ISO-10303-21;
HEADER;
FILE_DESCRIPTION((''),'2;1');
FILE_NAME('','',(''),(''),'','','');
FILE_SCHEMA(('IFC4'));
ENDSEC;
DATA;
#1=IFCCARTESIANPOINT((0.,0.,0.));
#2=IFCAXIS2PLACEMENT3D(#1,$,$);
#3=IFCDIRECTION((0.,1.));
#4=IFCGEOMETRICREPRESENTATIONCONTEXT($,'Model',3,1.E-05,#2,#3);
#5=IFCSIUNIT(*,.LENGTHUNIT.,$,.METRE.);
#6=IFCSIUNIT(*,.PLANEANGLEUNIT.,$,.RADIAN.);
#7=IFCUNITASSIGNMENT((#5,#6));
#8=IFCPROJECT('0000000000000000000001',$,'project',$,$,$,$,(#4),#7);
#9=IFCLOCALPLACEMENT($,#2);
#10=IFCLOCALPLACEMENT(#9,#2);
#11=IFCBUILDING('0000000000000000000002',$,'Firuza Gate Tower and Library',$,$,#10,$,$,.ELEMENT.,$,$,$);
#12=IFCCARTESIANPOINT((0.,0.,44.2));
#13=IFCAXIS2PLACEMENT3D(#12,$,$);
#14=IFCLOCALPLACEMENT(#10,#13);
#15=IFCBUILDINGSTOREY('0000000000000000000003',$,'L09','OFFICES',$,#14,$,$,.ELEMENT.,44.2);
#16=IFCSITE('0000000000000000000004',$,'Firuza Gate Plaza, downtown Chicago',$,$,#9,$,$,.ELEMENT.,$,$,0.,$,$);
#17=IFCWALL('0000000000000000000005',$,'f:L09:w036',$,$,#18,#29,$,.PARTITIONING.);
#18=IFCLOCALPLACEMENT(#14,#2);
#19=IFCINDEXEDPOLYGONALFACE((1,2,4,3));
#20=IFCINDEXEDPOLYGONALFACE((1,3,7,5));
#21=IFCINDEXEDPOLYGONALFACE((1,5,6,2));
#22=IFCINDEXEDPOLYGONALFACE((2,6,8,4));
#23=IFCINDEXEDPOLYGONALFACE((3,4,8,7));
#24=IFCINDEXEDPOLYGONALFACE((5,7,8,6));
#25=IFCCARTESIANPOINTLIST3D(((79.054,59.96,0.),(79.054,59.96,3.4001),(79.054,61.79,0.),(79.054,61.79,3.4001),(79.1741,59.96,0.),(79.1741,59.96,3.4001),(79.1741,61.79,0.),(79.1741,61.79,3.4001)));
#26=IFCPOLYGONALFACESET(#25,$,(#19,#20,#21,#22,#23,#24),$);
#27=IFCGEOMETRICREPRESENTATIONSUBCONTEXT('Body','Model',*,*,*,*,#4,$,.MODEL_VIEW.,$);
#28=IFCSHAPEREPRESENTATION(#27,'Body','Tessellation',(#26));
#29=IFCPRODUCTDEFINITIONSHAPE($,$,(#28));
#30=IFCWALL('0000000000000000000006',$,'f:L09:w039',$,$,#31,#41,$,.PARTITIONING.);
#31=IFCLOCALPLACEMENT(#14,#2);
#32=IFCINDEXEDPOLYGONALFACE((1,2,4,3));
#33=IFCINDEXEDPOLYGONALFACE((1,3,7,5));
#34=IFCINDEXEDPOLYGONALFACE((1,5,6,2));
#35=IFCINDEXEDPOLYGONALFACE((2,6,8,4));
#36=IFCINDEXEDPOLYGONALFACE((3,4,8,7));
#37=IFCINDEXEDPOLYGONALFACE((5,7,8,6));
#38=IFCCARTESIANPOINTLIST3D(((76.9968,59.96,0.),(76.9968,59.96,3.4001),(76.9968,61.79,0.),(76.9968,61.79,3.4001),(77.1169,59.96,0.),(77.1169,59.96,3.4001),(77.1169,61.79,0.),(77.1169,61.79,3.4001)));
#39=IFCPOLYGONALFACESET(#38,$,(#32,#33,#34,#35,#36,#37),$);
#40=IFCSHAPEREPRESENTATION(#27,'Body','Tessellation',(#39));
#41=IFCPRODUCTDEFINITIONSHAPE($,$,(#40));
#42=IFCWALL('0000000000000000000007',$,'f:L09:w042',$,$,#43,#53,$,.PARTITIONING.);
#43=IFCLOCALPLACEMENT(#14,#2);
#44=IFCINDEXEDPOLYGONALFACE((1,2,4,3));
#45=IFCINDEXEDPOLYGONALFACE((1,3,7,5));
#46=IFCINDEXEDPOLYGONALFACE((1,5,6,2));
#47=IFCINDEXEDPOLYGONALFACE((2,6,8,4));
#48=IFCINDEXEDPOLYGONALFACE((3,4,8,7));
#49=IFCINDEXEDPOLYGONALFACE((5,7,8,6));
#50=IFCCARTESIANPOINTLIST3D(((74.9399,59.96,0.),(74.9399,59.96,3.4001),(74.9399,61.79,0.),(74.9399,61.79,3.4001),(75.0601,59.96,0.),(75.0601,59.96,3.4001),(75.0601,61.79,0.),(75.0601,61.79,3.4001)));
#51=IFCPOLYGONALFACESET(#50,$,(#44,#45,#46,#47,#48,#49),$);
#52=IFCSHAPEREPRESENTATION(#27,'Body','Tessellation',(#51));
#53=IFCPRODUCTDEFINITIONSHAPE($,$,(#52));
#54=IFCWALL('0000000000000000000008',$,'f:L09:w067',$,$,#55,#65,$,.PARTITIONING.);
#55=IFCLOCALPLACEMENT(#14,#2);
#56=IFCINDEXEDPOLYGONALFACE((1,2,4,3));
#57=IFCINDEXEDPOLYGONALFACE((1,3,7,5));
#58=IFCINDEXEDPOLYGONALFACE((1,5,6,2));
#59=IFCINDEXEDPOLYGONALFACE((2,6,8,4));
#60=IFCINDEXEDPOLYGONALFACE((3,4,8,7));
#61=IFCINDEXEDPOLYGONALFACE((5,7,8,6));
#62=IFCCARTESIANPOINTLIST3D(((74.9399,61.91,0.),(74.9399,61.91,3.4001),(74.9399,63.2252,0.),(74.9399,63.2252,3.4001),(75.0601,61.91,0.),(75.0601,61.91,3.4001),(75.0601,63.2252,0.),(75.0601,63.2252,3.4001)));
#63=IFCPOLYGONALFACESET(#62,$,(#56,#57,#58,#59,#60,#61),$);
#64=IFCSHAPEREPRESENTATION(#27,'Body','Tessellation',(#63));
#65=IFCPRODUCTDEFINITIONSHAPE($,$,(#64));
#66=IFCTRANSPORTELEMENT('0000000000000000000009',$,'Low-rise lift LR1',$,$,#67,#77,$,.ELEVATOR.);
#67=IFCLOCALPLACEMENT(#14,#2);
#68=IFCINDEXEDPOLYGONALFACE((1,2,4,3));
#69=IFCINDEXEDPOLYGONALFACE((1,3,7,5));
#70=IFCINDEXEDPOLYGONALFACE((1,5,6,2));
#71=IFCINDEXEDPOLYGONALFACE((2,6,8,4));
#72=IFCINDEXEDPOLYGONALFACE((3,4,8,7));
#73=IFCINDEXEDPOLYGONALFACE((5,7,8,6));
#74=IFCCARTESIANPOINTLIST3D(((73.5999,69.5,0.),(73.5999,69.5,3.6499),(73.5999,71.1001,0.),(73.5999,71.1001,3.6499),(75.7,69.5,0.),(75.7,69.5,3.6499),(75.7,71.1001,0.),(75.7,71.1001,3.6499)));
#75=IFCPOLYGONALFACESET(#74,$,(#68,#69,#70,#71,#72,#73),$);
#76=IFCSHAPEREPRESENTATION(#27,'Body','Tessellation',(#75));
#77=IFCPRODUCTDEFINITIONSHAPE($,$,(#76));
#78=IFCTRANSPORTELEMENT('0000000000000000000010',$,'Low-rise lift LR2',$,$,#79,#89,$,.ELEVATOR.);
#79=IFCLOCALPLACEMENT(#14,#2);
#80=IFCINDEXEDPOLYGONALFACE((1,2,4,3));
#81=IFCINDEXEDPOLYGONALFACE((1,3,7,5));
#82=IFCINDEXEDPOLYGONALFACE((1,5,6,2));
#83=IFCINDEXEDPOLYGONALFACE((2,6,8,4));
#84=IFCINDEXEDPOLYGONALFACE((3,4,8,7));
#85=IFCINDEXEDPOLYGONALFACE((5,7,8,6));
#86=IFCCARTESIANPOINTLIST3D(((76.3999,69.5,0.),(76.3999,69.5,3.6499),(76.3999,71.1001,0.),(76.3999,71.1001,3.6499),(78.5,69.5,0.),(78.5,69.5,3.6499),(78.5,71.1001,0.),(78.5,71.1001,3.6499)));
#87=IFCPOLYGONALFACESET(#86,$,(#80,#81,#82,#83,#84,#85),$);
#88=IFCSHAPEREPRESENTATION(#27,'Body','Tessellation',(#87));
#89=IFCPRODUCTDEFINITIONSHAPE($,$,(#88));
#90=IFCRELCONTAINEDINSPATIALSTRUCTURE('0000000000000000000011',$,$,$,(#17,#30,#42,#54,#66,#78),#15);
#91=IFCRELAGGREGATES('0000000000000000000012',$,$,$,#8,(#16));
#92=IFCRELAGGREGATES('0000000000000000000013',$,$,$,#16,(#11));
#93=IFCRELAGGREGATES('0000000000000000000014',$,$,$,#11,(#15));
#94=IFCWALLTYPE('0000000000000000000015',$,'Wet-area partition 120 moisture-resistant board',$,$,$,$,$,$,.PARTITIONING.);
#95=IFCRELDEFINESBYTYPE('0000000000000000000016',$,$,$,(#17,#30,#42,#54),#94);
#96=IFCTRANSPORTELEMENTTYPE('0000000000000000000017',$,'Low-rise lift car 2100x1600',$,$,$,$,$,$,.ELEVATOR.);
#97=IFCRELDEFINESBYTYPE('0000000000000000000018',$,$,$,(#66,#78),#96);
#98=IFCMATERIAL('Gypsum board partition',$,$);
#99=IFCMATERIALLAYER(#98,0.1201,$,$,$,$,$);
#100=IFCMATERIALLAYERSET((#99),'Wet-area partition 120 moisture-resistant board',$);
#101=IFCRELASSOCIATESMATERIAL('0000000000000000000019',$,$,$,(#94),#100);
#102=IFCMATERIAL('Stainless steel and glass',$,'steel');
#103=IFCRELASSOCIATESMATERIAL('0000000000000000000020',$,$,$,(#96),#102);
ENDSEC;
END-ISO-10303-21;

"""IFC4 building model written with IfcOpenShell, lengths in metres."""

from ifc_helpers import new_model, si_unit, direction, frame, frame_2d, origin, origin_2d, place, context, subcontext, project, spatial, rectangle, extrude, material, layer, layer_set, type_object, element, save


model = new_model("IFC4")

# Units and contexts
model_context = context("Model", 3, precision=1e-05, world=origin(), true_north=direction((0.0, 1.0)))
body_context = subcontext(model_context, "Body", "Model", "MODEL_VIEW")
ifc_project = project(units=[si_unit("LENGTHUNIT", "METRE"), si_unit("PLANEANGLEUNIT", "RADIAN")], contexts=[model_context])

# Site, building, storey
site_placement = place(None, origin())
site = spatial("IfcSite", under=ifc_project, at=site_placement, Name="Firuza Gate Plaza, downtown Chicago", CompositionType="ELEMENT", RefElevation=0.0)
building_placement = place(site_placement, origin())
building = spatial("IfcBuilding", under=site, at=building_placement, Name="Firuza Gate Tower and Library", CompositionType="ELEMENT")
storey_placement = place(building_placement, frame((0.0, 0.0, 44.2)))
storey = spatial("IfcBuildingStorey", under=building, at=storey_placement, Name="L09", Description="OFFICES", CompositionType="ELEMENT", Elevation=44.2)

# Shared definitions
ifc_material_1 = material(Name="Gypsum board partition")
ifc_layer_1 = layer(ifc_material_1, 0.1201)
ifc_layer_set_1 = layer_set([ifc_layer_1], Name="Wet-area partition 120 moisture-resistant board")
wall_type_1 = type_object("IfcWallType", Name="Wet-area partition 120 moisture-resistant board", PredefinedType="PARTITIONING", material=ifc_layer_set_1)

# Walls
for number, where, z_axis, x_axis, name in (
    (1, (79.114, 59.96, 0.0), (0.0, 0.0, 1.0), (0.0, 1.0, 0.0), "f:L09:w036"),
    (2, (77.0569, 59.96, 0.0), (0.0, 0.0, 1.0), (0.0, 1.0, 0.0), "f:L09:w039"),
    (3, (75.0, 59.96, 0.0), (0.0, 0.0, 1.0), (0.0, 1.0, 0.0), "f:L09:w042"),
):
    element("IfcWall", number, at=place(storey_placement, frame(where, z_axis=z_axis, x_axis=x_axis)), inside=storey, type_object=wall_type_1, Name=name, PredefinedType="PARTITIONING", context=body_context, shape_type="SweptSolid", body=[
        extrude(rectangle(XDim=1.8301, YDim=0.1201, at=frame_2d((0.915, 0.0))), origin(), (0.0, 0.0, 1.0), 3.4001),
    ])
wall_1_placement = place(storey_placement, frame((75.0, 61.9099, 0.0), z_axis=(0.0, 0.0, 1.0), x_axis=(0.0, 1.0, 0.0)))
element("IfcWall", 4, at=wall_1_placement, inside=storey, type_object=wall_type_1, Name="f:L09:w067", PredefinedType="PARTITIONING", context=body_context, shape_type="SweptSolid", body=[
    extrude(rectangle(XDim=1.3152, YDim=0.1201, at=frame_2d((0.6577, 0.0))), origin(), (0.0, 0.0, 1.0), 3.4001),
])

# Transport elements
ifc_material_2 = material(Name="Stainless steel and glass", Category="steel")
transport_element_type = type_object("IfcTransportElementType", Name="Low-rise lift car 2100x1600", PredefinedType="ELEVATOR", material=ifc_material_2)
for number, where, z_axis, x_axis, name in (
    (5, (74.6499, 70.3, 0.0), (0.0, 0.0, 1.0), (1.0, 0.0, 0.0), "Low-rise lift LR1"),
    (6, (77.45, 70.3, 0.0), (0.0, 0.0, 1.0), (1.0, 0.0, 0.0), "Low-rise lift LR2"),
):
    element("IfcTransportElement", number, at=place(storey_placement, frame(where, z_axis=z_axis, x_axis=x_axis)), inside=storey, type_object=transport_element_type, Name=name, PredefinedType="ELEVATOR", context=body_context, shape_type="SweptSolid", body=[
        extrude(rectangle(XDim=2.1001, YDim=1.6001, at=origin_2d()), origin(), (0.0, 0.0, 1.0), 3.6499),
    ])

save(model, "model.ifc")
